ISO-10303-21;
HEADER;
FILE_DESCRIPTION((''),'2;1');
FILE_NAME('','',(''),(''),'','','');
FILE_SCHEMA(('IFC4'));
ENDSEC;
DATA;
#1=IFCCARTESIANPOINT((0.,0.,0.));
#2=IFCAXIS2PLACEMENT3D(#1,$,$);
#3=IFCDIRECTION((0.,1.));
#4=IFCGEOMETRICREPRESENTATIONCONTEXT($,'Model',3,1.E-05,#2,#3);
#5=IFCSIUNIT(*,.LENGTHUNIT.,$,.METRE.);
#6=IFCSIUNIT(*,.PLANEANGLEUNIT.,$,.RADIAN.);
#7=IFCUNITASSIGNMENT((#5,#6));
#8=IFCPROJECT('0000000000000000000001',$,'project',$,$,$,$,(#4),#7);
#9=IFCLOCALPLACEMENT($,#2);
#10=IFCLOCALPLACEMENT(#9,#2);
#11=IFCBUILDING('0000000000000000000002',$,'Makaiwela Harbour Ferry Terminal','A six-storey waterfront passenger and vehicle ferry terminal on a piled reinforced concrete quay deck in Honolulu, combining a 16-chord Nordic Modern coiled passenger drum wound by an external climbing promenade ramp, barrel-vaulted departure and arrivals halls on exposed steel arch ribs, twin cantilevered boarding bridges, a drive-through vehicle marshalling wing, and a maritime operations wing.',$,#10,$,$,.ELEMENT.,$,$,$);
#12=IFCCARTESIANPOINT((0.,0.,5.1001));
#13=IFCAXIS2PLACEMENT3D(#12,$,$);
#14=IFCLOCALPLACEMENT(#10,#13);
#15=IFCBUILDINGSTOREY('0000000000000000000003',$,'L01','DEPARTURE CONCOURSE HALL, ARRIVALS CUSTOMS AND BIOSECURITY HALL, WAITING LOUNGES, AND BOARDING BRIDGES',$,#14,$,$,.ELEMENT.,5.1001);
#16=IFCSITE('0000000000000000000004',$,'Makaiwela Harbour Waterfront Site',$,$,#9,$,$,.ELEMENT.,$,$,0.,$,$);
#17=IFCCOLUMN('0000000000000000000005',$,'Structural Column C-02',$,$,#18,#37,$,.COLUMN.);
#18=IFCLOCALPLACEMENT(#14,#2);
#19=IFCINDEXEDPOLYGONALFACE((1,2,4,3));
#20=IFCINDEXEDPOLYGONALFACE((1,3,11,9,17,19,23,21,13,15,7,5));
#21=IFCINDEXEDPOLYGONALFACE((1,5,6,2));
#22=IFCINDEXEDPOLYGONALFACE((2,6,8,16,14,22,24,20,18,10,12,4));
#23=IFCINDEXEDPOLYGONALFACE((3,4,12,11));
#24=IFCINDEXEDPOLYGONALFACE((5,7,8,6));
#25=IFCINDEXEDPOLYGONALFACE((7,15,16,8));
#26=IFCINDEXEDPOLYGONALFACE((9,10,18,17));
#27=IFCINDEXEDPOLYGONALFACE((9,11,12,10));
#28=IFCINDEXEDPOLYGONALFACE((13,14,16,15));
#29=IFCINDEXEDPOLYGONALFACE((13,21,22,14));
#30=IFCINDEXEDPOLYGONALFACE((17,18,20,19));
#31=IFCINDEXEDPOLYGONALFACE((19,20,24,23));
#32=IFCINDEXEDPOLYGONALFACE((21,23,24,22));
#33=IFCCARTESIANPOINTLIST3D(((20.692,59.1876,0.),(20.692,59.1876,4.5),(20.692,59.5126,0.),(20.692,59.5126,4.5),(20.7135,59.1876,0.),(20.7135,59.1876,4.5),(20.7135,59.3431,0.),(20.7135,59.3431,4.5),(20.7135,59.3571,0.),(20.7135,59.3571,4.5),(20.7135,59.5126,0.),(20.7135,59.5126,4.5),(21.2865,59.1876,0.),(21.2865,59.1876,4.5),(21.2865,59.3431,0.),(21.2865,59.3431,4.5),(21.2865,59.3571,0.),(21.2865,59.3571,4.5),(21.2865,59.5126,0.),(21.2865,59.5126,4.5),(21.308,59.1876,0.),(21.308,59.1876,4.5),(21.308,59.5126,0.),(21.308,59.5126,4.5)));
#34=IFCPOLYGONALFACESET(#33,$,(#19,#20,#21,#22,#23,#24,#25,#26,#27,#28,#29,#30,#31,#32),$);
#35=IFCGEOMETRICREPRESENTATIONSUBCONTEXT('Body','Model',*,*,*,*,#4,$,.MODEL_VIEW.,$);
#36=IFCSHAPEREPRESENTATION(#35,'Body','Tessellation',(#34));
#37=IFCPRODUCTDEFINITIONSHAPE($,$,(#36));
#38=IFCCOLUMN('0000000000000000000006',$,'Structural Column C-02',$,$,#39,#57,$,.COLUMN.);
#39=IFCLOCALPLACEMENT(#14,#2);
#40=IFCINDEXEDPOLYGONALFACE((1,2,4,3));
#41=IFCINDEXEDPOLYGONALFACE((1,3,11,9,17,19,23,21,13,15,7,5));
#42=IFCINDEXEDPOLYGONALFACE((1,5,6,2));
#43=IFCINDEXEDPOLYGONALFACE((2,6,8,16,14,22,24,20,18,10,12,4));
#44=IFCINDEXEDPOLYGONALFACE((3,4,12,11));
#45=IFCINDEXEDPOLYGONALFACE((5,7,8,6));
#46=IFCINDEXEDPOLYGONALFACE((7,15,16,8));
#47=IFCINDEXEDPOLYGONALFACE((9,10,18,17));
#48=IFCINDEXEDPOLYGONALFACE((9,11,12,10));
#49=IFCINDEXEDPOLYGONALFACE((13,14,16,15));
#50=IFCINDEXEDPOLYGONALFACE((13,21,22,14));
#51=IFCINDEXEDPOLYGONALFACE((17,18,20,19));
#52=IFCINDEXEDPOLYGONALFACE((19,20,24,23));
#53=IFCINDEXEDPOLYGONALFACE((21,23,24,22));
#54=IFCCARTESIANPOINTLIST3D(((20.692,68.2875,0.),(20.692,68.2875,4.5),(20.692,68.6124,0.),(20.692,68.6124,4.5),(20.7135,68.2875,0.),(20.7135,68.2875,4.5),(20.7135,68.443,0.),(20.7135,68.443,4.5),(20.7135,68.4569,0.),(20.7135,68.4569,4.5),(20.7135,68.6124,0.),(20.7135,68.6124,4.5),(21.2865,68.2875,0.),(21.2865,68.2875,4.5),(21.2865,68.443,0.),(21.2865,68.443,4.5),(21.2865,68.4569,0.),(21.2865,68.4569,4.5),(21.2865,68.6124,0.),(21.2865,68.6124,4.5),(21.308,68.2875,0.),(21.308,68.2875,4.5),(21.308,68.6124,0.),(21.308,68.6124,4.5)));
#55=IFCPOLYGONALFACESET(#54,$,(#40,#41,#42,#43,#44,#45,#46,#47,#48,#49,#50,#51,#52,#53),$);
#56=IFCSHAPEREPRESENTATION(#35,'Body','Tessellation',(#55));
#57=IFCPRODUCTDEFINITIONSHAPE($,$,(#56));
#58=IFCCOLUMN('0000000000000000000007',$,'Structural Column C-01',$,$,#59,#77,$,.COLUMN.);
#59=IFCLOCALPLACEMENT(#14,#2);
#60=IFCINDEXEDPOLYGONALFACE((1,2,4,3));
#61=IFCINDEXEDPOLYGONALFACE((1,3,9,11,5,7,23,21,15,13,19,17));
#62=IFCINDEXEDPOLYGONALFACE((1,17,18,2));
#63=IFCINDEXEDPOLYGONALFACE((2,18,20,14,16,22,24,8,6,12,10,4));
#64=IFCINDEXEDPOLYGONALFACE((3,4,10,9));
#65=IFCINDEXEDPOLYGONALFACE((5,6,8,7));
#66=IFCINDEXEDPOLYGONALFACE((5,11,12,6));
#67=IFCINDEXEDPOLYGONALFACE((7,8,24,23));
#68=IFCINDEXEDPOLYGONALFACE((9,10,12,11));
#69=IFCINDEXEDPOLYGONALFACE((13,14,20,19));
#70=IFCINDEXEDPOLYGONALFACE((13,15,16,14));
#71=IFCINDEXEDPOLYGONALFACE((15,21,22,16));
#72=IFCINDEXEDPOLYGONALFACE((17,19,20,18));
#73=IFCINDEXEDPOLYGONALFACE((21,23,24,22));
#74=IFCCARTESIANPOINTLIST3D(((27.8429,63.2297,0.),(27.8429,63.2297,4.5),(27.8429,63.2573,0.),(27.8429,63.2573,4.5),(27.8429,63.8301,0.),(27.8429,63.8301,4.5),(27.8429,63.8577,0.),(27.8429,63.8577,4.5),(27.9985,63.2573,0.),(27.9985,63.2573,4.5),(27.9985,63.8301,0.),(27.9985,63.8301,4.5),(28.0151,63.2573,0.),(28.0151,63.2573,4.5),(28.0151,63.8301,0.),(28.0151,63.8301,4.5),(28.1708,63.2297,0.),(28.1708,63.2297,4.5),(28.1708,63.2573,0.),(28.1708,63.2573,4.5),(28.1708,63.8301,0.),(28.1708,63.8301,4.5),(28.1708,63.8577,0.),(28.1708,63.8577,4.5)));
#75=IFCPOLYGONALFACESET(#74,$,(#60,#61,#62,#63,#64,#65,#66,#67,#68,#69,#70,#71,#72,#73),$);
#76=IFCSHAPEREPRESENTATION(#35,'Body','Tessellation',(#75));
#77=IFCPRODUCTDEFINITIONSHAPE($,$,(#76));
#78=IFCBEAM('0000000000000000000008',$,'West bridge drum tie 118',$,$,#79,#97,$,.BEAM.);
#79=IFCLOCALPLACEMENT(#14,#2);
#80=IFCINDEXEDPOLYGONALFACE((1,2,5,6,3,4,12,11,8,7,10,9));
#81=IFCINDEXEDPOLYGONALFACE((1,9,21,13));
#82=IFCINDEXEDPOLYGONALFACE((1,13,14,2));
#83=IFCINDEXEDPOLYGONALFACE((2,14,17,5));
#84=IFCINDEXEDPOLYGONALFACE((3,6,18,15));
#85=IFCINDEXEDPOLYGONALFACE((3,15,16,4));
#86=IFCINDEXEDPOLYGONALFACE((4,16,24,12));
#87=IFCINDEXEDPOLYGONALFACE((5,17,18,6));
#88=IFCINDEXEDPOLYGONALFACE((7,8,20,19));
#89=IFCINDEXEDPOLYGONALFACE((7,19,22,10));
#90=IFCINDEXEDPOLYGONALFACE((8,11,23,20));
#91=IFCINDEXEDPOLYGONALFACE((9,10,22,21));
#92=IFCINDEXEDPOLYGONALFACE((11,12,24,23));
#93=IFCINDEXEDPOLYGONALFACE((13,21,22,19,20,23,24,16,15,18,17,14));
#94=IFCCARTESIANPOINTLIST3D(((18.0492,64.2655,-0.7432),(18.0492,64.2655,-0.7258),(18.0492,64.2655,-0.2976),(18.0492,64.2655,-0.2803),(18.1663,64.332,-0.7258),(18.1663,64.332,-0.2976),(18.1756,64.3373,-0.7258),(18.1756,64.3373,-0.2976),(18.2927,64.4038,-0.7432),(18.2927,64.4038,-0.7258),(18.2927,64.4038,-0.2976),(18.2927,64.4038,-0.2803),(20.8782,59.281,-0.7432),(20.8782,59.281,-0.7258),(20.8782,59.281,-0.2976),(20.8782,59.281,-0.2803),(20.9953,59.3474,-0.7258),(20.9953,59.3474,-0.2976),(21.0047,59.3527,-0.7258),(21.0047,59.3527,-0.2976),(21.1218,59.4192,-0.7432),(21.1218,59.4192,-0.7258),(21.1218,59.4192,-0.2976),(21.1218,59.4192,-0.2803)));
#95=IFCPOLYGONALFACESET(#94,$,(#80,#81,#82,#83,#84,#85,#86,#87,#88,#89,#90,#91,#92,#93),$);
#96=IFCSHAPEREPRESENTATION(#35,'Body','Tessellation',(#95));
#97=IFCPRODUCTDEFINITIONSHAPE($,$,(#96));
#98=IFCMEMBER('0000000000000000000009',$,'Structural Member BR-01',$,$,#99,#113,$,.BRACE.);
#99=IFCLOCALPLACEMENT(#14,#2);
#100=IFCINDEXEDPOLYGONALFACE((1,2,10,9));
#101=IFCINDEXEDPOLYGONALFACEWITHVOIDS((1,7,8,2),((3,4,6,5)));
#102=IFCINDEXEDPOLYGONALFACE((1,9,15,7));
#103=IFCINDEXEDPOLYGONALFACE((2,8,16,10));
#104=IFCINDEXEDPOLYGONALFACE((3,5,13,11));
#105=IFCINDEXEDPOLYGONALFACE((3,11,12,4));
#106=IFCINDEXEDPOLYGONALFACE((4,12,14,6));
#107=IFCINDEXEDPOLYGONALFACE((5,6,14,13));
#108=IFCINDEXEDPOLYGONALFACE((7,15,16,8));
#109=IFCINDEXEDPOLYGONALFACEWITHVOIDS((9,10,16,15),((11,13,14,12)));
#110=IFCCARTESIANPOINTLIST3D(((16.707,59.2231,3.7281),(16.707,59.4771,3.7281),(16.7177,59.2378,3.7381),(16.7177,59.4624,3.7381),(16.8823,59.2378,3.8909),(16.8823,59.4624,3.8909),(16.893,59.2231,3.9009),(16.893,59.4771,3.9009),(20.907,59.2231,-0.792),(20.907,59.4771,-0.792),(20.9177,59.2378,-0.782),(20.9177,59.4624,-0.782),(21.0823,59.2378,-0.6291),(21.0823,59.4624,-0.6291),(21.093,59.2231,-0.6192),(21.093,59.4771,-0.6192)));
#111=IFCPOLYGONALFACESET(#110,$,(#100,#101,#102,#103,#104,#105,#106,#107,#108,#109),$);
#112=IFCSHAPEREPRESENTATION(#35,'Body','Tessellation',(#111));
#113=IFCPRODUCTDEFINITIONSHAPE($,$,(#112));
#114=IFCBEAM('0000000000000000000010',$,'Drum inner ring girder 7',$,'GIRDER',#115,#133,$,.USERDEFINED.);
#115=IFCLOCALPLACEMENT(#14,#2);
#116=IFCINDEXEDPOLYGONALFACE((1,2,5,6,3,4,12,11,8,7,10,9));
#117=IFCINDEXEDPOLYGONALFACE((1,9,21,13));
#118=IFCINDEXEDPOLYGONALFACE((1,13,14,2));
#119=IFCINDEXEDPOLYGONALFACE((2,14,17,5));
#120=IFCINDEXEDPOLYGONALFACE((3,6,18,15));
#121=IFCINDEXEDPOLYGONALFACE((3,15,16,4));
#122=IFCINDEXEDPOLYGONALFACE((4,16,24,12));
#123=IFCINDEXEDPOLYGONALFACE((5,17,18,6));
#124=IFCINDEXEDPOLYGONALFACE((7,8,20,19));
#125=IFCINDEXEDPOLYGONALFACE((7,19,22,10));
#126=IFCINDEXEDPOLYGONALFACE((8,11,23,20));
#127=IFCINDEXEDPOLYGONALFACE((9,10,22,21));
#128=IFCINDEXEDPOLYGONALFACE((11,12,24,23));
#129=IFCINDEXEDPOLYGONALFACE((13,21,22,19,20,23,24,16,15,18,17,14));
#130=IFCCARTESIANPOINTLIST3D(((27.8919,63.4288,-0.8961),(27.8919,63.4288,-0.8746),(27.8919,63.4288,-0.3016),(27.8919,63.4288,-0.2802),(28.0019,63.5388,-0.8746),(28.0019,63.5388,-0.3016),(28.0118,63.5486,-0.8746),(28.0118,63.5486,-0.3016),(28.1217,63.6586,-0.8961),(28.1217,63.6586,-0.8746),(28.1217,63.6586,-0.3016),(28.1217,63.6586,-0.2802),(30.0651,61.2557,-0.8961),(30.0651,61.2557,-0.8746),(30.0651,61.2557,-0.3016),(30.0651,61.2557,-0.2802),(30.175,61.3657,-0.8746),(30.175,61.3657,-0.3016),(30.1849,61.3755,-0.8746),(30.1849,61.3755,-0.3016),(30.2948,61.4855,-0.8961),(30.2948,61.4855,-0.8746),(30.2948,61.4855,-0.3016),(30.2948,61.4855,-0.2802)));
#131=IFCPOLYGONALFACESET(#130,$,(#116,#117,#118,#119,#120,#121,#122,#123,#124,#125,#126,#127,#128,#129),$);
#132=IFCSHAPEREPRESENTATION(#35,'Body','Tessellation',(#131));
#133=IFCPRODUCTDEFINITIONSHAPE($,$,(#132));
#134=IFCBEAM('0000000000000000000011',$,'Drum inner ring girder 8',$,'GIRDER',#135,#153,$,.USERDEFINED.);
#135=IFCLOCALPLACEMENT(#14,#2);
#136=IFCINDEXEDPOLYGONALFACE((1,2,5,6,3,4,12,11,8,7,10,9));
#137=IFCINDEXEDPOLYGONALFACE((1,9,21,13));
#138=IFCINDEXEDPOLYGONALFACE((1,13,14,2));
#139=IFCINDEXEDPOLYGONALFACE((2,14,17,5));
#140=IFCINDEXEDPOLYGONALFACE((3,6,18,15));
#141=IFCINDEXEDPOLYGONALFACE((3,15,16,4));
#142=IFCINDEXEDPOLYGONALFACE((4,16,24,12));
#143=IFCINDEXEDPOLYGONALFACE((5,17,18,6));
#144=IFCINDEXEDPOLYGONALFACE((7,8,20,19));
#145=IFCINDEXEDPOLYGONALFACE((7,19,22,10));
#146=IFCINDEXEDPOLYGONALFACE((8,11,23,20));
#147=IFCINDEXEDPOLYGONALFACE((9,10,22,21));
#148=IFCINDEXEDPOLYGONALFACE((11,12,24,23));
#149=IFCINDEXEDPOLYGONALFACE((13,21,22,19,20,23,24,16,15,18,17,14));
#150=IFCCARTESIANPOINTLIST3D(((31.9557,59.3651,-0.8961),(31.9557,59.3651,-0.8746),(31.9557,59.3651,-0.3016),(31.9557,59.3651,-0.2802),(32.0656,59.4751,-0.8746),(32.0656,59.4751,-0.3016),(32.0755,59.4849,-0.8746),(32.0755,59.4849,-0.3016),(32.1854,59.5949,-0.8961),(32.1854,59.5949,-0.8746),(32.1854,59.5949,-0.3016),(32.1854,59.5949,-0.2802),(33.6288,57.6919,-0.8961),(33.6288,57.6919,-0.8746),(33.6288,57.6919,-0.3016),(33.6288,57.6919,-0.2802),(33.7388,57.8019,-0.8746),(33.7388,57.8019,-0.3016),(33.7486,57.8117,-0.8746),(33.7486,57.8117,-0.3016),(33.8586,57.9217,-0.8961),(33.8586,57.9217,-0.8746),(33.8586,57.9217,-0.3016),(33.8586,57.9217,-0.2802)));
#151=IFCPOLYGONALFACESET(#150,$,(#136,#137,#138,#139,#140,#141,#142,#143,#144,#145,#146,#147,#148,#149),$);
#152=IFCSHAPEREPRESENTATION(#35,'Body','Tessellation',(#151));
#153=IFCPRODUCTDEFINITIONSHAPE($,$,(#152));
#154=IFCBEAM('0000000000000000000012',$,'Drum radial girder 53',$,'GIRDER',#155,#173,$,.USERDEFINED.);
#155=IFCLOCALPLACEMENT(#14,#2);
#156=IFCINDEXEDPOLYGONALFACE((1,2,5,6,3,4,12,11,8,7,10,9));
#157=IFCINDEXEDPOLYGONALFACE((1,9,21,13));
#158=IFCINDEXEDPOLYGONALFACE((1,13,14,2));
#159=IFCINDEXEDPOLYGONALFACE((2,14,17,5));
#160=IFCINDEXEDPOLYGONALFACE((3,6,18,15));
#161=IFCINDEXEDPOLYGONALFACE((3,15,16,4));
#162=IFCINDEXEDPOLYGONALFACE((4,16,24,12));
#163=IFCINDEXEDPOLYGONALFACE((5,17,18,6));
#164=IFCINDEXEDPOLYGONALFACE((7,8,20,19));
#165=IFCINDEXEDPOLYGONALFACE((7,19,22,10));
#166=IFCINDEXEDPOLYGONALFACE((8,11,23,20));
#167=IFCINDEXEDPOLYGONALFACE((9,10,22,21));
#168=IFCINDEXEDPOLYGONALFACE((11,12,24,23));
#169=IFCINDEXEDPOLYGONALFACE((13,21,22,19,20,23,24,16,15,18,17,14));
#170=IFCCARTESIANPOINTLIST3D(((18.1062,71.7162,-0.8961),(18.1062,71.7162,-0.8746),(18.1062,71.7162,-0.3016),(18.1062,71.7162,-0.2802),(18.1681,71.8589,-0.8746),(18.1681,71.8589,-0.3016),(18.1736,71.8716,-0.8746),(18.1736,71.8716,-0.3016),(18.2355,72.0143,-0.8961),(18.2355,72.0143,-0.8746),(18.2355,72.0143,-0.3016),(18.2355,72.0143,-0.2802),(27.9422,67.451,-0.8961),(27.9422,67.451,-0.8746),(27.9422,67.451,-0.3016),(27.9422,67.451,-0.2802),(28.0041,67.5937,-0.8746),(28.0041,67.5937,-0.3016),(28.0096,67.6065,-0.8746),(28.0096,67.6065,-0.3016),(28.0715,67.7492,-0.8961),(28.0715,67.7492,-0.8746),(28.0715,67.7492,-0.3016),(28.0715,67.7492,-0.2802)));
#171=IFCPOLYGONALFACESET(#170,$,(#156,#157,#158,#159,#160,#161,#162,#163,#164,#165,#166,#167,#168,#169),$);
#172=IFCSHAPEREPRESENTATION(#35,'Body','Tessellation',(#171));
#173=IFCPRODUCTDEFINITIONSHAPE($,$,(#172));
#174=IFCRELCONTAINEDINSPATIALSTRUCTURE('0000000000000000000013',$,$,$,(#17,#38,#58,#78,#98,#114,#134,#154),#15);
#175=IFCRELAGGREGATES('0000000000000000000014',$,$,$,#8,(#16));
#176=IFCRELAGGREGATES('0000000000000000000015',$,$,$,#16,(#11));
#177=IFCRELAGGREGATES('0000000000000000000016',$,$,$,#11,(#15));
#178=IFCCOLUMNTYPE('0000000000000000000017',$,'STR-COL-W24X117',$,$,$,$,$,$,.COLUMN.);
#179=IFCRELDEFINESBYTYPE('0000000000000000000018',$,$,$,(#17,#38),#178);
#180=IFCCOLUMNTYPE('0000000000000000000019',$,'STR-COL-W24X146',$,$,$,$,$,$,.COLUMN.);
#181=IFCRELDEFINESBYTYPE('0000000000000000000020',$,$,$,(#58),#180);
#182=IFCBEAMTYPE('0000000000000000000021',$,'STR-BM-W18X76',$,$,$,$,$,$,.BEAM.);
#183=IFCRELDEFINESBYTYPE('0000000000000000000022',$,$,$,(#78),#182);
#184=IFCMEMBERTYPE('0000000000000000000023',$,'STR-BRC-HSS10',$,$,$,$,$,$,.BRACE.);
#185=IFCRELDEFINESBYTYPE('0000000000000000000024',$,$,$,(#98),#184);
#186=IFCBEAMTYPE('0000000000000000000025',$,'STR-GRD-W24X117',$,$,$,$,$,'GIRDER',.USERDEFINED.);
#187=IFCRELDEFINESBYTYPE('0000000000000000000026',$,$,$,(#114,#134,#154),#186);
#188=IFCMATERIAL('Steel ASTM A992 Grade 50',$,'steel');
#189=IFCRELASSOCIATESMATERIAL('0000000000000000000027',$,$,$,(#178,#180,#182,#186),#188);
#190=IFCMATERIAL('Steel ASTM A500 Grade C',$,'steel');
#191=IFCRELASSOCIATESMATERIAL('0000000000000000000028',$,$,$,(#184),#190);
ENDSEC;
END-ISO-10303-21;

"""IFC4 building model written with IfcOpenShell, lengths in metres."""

from ifc_helpers import new_model, si_unit, direction, frame, origin, origin_2d, place, context, subcontext, project, spatial, hollow_rectangle, i_section, extrude, material, material_profile, profile_set, type_object, element, save


model = new_model("IFC4")

# Units and contexts
model_context = context("Model", 3, precision=1e-05, world=origin(), true_north=direction((0.0, 1.0)))
body_context = subcontext(model_context, "Body", "Model", "MODEL_VIEW")
ifc_project = project(units=[si_unit("LENGTHUNIT", "METRE"), si_unit("PLANEANGLEUNIT", "RADIAN")], contexts=[model_context])

# Site, building, storey
site_placement = place(None, origin())
site = spatial("IfcSite", under=ifc_project, at=site_placement, Name="Makaiwela Harbour Waterfront Site", CompositionType="ELEMENT", RefElevation=0.0)
building_placement = place(site_placement, origin())
building = spatial("IfcBuilding", under=site, at=building_placement, Name="Makaiwela Harbour Ferry Terminal", Description="A six-storey waterfront passenger and vehicle ferry terminal on a piled reinforced concrete quay deck in Honolulu, combining a 16-chord Nordic Modern coiled passenger drum wound by an external climbing promenade ramp, barrel-vaulted departure and arrivals halls on exposed steel arch ribs, twin cantilevered boarding bridges, a drive-through vehicle marshalling wing, and a maritime operations wing.", CompositionType="ELEMENT")
storey_placement = place(building_placement, frame((0.0, 0.0, 5.1001)))
storey = spatial("IfcBuildingStorey", under=building, at=storey_placement, Name="L01", Description="DEPARTURE CONCOURSE HALL, ARRIVALS CUSTOMS AND BIOSECURITY HALL, WAITING LOUNGES, AND BOARDING BRIDGES", CompositionType="ELEMENT", Elevation=5.1001)

# Columns
ifc_material_1 = material(Name="Steel ASTM A992 Grade 50", Category="steel")
ifc_material_profile_1 = material_profile(ifc_material_1, i_section(OverallWidth=0.325, OverallDepth=0.616, WebThickness=0.0139, FlangeThickness=0.0215, at=origin_2d()), Name="W24X117")
ifc_profile_set_1 = profile_set([ifc_material_profile_1], Name="Steel ASTM A992 Grade 50")
column_type_1 = type_object("IfcColumnType", Name="STR-COL-W24X117", PredefinedType="COLUMN", material=ifc_profile_set_1)
for number, where, z_axis, x_axis, name in (
    (1, (21.0, 59.3501, 0.0), (0.0, 0.0, 1.0), (0.0, 1.0, 0.0), "Structural Column C-02"),
    (2, (21.0, 68.45, 0.0), (0.0, 0.0, 1.0), (0.0, 1.0, 0.0), "Structural Column C-02"),
):
    element("IfcColumn", number, at=place(storey_placement, frame(where, z_axis=z_axis, x_axis=x_axis)), inside=storey, type_object=column_type_1, Name=name, PredefinedType="COLUMN", context=body_context, shape_type="SweptSolid", body=[
        extrude(i_section(OverallWidth=0.325, OverallDepth=0.616, WebThickness=0.0139, FlangeThickness=0.0215, at=origin_2d()), origin(), (0.0, 0.0, 1.0), 4.5),
    ])
ifc_material_profile_2 = material_profile(ifc_material_1, i_section(OverallWidth=0.3279, OverallDepth=0.6279, WebThickness=0.0166, FlangeThickness=0.0276, at=origin_2d()), Name="W24X146")
ifc_profile_set_2 = profile_set([ifc_material_profile_2], Name="Steel ASTM A992 Grade 50")
column_type_2 = type_object("IfcColumnType", Name="STR-COL-W24X146", PredefinedType="COLUMN", material=ifc_profile_set_2)
column_placement = place(storey_placement, frame((28.0068, 63.5437, 0.0), z_axis=(0.0, 0.0, 1.0), x_axis=(1.0, 0.0, 0.0)))
element("IfcColumn", 3, at=column_placement, inside=storey, type_object=column_type_2, Name="Structural Column C-01", PredefinedType="COLUMN", context=body_context, shape_type="SweptSolid", body=[
    extrude(i_section(OverallWidth=0.3279, OverallDepth=0.6279, WebThickness=0.0166, FlangeThickness=0.0276, at=origin_2d()), origin(), (0.0, 0.0, 1.0), 4.5),
])

# Beam
ifc_material_profile_3 = material_profile(ifc_material_1, i_section(OverallWidth=0.28, OverallDepth=0.4629, WebThickness=0.0107, FlangeThickness=0.0173, at=origin_2d()), Name="W18X76")
ifc_profile_set_3 = profile_set([ifc_material_profile_3], Name="Steel ASTM A992 Grade 50")
beam_type_1 = type_object("IfcBeamType", Name="STR-BM-W18X76", PredefinedType="BEAM", material=ifc_profile_set_3)
beam_1_placement = place(storey_placement, frame((21.0, 59.3501, -0.5117), z_axis=(-0.493605, 0.869686, 0.0), x_axis=(-0.869686, -0.493605, 0.0)))
element("IfcBeam", 4, at=beam_1_placement, inside=storey, type_object=beam_type_1, Name="West bridge drum tie 118", PredefinedType="BEAM", context=body_context, shape_type="SweptSolid", body=[
    extrude(i_section(OverallWidth=0.28, OverallDepth=0.4629, WebThickness=0.0107, FlangeThickness=0.0173, at=origin_2d()), origin(), (0.0, 0.0, 1.0), 5.7314),
])

# Member
ifc_material_2 = material(Name="Steel ASTM A500 Grade C", Category="steel")
ifc_material_profile_4 = material_profile(ifc_material_2, hollow_rectangle(XDim=0.2539, YDim=0.2539, WallThickness=0.0146, at=origin_2d()), Name="HSS10X10X5/8")
ifc_profile_set_4 = profile_set([ifc_material_profile_4], Name="Steel ASTM A500 Grade C")
member_type_1 = type_object("IfcMemberType", Name="STR-BRC-HSS10", PredefinedType="BRACE", material=ifc_profile_set_4)
member_1_placement = place(storey_placement, frame((21.0, 59.3501, -0.7056), z_axis=(-0.680694, 0.0, 0.732568), x_axis=(0.0, -1.0, 0.0)))
element("IfcMember", 5, at=member_1_placement, inside=storey, type_object=member_type_1, Name="Structural Member BR-01", PredefinedType="BRACE", context=body_context, shape_type="SweptSolid", body=[
    extrude(hollow_rectangle(XDim=0.2539, YDim=0.2539, WallThickness=0.0146, at=origin_2d()), origin(), (0.0, 0.0, 1.0), 6.1702),
])

# Beams
ifc_material_profile_5 = material_profile(ifc_material_1, i_section(OverallWidth=0.325, OverallDepth=0.616, WebThickness=0.0139, FlangeThickness=0.0215, at=origin_2d()), Name="W24X117")
ifc_profile_set_5 = profile_set([ifc_material_profile_5], Name="Steel ASTM A992 Grade 50")
beam_type_2 = type_object("IfcBeamType", Name="STR-GRD-W24X117", ElementType="GIRDER", PredefinedType="USERDEFINED", material=ifc_profile_set_5)
beam_2_placement = place(storey_placement, frame((28.0068, 63.5437, -0.5881), z_axis=(0.707107, -0.707107, 0.0), x_axis=(0.707107, 0.707107, 0.0)))
element("IfcBeam", 6, at=beam_2_placement, inside=storey, type_object=beam_type_2, Name="Drum inner ring girder 7", ObjectType="GIRDER", PredefinedType="USERDEFINED", context=body_context, shape_type="SweptSolid", body=[
    extrude(i_section(OverallWidth=0.325, OverallDepth=0.616, WebThickness=0.0139, FlangeThickness=0.0215, at=origin_2d()), origin(), (0.0, 0.0, 1.0), 3.0732),
])
beam_3_placement = place(storey_placement, frame((32.0706, 59.48, -0.5881), z_axis=(0.707107, -0.707107, 0.0), x_axis=(0.707107, 0.707107, 0.0)))
element("IfcBeam", 7, at=beam_3_placement, inside=storey, type_object=beam_type_2, Name="Drum inner ring girder 8", ObjectType="GIRDER", PredefinedType="USERDEFINED", context=body_context, shape_type="SweptSolid", body=[
    extrude(i_section(OverallWidth=0.325, OverallDepth=0.616, WebThickness=0.0139, FlangeThickness=0.0215, at=origin_2d()), origin(), (0.0, 0.0, 1.0), 2.3662),
])
beam_4_placement = place(storey_placement, frame((28.0068, 67.6001, -0.5881), z_axis=(-0.917457, 0.397835, 0.0), x_axis=(-0.397835, -0.917457, 0.0)))
element("IfcBeam", 8, at=beam_4_placement, inside=storey, type_object=beam_type_2, Name="Drum radial girder 53", ObjectType="GIRDER", PredefinedType="USERDEFINED", context=body_context, shape_type="SweptSolid", body=[
    extrude(i_section(OverallWidth=0.325, OverallDepth=0.616, WebThickness=0.0139, FlangeThickness=0.0215, at=origin_2d()), origin(), (0.0, 0.0, 1.0), 10.7209),
])

save(model, "model.ifc")
